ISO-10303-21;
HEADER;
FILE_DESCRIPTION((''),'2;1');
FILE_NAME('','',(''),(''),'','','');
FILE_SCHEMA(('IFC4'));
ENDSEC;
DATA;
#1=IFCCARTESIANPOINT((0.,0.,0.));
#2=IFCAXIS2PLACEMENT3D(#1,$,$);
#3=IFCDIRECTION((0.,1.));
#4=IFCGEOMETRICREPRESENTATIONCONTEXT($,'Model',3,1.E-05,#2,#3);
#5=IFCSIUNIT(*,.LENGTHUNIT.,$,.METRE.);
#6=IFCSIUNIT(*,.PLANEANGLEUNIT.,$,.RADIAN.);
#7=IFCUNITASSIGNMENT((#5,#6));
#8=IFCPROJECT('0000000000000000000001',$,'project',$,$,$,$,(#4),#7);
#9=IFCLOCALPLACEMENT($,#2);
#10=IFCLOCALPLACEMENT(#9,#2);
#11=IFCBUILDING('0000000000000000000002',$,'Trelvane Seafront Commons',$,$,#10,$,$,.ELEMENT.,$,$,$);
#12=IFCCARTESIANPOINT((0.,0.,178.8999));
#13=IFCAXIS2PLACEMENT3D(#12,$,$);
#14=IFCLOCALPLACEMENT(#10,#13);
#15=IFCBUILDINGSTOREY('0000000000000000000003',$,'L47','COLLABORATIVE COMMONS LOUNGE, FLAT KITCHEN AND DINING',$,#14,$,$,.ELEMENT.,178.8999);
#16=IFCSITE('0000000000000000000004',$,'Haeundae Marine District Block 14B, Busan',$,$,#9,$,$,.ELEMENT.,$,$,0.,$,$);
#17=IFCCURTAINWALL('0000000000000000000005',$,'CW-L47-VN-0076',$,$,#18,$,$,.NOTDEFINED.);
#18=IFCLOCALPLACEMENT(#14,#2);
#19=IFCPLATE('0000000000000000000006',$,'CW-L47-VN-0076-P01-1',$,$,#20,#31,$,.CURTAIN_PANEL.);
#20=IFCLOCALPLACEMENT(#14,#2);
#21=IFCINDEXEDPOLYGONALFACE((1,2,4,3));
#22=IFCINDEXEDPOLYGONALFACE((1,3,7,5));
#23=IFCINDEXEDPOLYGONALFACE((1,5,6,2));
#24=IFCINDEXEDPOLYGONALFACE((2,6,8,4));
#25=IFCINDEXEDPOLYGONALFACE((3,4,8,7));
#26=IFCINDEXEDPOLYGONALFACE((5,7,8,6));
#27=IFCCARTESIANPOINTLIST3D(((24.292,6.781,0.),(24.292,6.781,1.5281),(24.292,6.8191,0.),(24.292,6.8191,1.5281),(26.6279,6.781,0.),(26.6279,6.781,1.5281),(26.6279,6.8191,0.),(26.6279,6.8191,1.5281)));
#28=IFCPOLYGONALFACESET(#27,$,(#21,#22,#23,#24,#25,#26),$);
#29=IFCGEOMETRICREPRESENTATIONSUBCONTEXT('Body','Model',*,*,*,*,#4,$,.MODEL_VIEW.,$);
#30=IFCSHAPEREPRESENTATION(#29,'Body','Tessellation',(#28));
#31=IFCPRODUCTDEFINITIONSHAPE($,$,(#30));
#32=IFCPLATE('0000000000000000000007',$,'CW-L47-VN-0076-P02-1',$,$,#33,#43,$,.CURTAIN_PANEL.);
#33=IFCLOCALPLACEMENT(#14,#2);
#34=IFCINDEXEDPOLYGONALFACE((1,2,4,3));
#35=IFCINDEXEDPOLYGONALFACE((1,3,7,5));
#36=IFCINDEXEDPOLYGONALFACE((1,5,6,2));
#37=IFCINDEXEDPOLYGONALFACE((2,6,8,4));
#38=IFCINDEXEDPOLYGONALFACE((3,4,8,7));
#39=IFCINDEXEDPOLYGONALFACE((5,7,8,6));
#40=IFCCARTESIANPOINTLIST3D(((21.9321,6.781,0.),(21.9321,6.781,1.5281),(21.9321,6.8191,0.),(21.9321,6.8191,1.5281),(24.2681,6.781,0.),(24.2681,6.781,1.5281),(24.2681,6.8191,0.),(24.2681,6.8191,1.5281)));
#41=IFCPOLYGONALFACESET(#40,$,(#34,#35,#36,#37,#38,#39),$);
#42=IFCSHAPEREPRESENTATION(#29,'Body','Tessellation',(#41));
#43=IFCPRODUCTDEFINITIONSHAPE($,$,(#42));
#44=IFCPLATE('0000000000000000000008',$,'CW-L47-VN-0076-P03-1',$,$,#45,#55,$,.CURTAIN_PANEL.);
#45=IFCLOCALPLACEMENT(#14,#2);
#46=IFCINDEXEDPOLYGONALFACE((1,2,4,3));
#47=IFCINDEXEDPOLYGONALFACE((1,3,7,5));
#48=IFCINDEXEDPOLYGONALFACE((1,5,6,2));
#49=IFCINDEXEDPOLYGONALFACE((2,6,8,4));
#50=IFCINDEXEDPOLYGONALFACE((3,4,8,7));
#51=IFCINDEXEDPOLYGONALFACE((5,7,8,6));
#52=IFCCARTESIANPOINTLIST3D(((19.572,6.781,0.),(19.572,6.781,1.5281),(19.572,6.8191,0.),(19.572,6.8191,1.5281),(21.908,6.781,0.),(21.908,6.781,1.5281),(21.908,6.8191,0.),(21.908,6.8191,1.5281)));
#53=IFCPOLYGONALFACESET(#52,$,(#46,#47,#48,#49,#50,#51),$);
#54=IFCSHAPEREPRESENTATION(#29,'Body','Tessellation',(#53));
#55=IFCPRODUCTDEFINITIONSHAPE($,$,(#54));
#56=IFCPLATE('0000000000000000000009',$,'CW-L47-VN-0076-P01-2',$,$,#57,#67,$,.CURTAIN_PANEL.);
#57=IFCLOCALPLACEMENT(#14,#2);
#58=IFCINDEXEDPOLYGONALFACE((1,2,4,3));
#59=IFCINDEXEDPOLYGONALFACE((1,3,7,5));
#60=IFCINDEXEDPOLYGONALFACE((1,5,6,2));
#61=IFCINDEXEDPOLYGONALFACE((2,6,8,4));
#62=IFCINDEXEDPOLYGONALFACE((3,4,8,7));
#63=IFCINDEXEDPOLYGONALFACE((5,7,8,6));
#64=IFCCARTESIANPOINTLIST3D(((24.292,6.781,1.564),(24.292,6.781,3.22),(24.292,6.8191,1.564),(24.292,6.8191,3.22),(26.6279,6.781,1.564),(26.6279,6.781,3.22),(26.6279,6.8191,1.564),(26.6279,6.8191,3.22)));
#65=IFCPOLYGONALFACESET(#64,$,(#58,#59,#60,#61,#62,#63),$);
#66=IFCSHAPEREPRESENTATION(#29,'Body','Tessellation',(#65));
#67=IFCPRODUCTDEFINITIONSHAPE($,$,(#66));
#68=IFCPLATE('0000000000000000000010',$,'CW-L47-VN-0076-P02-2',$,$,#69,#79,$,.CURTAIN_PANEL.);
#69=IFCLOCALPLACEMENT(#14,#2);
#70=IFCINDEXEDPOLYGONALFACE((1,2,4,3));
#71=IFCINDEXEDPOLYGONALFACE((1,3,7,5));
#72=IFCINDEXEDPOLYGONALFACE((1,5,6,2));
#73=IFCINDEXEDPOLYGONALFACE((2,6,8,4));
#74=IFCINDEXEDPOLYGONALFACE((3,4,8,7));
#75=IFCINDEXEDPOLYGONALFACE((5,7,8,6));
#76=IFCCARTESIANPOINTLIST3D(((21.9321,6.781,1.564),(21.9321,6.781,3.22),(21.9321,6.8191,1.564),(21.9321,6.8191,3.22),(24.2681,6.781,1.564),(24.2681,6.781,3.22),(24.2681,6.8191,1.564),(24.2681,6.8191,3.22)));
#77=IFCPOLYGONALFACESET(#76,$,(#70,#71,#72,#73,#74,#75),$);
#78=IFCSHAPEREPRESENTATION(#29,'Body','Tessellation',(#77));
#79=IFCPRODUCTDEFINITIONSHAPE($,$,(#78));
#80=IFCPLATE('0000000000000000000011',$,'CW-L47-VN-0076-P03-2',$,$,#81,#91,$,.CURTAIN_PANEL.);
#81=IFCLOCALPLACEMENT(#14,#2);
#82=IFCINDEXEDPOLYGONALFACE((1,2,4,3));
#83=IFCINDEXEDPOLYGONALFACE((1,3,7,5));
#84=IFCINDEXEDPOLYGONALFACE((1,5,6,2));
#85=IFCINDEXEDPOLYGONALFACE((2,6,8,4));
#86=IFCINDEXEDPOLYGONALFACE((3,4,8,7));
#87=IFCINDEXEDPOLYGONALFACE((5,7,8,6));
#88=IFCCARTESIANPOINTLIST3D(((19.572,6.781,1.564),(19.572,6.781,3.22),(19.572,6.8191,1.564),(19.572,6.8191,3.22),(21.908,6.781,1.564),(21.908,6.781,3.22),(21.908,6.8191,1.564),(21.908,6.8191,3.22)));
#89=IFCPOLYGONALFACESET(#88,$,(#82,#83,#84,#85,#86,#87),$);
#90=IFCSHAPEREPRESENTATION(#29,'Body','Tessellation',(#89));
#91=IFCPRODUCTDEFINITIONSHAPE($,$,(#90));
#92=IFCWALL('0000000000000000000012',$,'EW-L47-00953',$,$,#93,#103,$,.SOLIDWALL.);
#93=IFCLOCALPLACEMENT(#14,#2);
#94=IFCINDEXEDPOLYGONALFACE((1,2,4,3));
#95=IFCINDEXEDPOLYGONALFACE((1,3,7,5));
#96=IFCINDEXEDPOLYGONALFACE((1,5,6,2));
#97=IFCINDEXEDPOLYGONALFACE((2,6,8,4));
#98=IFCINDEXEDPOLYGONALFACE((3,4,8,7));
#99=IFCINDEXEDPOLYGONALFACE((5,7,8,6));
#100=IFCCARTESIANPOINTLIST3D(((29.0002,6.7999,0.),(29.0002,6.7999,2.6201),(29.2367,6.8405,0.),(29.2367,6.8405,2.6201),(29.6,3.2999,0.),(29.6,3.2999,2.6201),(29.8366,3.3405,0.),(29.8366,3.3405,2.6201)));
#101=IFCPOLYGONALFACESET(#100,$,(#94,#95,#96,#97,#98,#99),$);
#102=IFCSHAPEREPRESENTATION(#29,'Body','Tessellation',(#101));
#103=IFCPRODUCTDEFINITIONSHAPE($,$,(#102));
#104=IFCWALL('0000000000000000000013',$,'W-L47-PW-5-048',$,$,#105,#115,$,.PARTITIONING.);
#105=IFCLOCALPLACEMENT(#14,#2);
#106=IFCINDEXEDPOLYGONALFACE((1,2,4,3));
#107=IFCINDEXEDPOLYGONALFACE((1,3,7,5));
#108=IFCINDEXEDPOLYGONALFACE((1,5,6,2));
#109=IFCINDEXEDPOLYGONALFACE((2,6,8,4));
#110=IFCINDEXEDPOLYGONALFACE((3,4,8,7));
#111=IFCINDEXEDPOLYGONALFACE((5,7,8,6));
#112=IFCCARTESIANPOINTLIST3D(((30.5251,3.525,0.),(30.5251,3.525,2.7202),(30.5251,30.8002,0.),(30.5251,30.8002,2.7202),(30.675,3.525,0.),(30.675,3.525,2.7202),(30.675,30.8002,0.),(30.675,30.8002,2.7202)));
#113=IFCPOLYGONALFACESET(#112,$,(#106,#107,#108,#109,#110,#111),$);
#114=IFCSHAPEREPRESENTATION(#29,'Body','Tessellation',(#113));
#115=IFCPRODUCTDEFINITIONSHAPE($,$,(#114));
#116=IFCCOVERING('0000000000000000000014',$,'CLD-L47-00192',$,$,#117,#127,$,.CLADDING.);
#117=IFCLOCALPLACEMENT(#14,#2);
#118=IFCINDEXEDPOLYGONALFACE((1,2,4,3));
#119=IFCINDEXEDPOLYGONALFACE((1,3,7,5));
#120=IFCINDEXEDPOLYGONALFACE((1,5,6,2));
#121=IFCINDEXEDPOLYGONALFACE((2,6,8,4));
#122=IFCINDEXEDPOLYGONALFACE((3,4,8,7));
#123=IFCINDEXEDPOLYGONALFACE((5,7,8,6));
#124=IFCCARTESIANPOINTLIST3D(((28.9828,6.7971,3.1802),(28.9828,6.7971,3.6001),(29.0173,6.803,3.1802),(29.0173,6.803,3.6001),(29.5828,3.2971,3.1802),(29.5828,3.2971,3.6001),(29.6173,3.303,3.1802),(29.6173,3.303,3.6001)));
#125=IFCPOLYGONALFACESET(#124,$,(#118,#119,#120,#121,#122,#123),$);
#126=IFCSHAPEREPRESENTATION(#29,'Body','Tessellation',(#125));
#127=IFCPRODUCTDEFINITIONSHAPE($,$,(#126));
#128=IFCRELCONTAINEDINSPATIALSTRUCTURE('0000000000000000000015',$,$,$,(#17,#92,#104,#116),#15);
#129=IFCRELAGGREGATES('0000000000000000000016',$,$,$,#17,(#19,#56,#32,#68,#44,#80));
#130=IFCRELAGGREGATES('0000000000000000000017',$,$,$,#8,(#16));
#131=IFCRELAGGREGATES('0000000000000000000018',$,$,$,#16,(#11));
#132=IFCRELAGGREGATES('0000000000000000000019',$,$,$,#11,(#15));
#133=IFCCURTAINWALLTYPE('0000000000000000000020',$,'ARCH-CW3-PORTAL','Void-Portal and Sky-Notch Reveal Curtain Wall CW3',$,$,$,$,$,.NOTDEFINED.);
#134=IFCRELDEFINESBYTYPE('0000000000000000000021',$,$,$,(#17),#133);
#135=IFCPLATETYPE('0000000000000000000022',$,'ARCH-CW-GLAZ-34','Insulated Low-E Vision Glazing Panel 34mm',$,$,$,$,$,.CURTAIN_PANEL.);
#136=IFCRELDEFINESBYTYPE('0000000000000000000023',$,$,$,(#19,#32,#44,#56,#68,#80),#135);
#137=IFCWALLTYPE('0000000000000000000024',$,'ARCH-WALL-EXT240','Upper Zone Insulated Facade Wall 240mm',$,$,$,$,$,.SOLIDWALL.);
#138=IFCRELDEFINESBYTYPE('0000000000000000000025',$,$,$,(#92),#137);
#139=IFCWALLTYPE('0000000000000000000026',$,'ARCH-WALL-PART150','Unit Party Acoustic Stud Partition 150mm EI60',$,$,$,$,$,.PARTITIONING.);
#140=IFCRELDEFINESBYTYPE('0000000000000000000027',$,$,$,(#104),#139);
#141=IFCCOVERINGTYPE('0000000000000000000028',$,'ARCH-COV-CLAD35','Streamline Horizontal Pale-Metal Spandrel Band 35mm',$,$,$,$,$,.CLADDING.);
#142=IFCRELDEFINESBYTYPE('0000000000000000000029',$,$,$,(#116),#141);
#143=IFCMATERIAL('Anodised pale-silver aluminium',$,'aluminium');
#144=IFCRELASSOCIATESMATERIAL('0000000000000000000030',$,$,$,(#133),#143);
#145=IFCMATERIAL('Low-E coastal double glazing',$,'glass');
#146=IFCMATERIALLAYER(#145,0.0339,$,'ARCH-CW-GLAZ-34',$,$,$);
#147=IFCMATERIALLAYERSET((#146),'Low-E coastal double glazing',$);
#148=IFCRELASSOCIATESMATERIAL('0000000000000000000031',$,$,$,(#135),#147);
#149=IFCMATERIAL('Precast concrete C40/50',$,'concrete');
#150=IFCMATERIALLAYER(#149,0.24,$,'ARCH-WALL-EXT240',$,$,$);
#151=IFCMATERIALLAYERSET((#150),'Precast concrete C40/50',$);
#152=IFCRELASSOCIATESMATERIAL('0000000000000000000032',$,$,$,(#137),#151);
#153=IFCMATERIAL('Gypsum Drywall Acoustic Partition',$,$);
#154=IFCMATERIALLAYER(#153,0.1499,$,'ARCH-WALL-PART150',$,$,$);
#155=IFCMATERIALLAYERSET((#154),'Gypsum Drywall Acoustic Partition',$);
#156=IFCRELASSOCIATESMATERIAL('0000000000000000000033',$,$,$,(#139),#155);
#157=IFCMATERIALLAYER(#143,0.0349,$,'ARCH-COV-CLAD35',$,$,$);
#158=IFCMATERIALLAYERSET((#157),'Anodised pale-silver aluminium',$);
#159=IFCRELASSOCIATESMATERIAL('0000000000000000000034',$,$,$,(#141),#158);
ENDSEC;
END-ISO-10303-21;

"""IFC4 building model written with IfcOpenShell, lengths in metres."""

from ifc_helpers import new_model, si_unit, direction, frame, frame_2d, origin, origin_2d, place, context, subcontext, project, spatial, rectangle, extrude, source, transform, mapped, material, layer, layer_set, type_object, element, aggregate, save


model = new_model("IFC4")

# Units and contexts
model_context = context("Model", 3, precision=1e-05, world=origin(), true_north=direction((0.0, 1.0)))
body_context = subcontext(model_context, "Body", "Model", "MODEL_VIEW")
ifc_project = project(units=[si_unit("LENGTHUNIT", "METRE"), si_unit("PLANEANGLEUNIT", "RADIAN")], contexts=[model_context])

# Site, building, storey
site_placement = place(None, origin())
site = spatial("IfcSite", under=ifc_project, at=site_placement, Name="Haeundae Marine District Block 14B, Busan", CompositionType="ELEMENT", RefElevation=0.0)
building_placement = place(site_placement, origin())
building = spatial("IfcBuilding", under=site, at=building_placement, Name="Trelvane Seafront Commons", CompositionType="ELEMENT")
storey_placement = place(building_placement, frame((0.0, 0.0, 178.8999)))
storey = spatial("IfcBuildingStorey", under=building, at=storey_placement, Name="L47", Description="COLLABORATIVE COMMONS LOUNGE, FLAT KITCHEN AND DINING", CompositionType="ELEMENT", Elevation=178.8999)

# Curtain wall
ifc_material_1 = material(Name="Anodised pale-silver aluminium", Category="aluminium")
curtain_wall_type = type_object("IfcCurtainWallType", Name="ARCH-CW3-PORTAL", Description="Void-Portal and Sky-Notch Reveal Curtain Wall CW3", PredefinedType="NOTDEFINED", material=ifc_material_1)
curtain_wall_placement = place(storey_placement, origin())
curtain_wall = element("IfcCurtainWall", 1, at=curtain_wall_placement, inside=storey, type_object=curtain_wall_type, Name="CW-L47-VN-0076", PredefinedType="NOTDEFINED")

# Plates
ifc_material_2 = material(Name="Low-E coastal double glazing", Category="glass")
ifc_layer_1 = layer(ifc_material_2, 0.0339, Name="ARCH-CW-GLAZ-34")
ifc_layer_set_1 = layer_set([ifc_layer_1], Name="Low-E coastal double glazing")
plate_type_1 = type_object("IfcPlateType", Name="ARCH-CW-GLAZ-34", Description="Insulated Low-E Vision Glazing Panel 34mm", PredefinedType="CURTAIN_PANEL", material=ifc_layer_set_1)
shared_shape_1 = source(origin(), body_context, "Body", "SweptSolid", [
    extrude(rectangle(XDim=2.3359, YDim=0.0381, at=origin_2d()), origin(), (0.0, 0.0, 1.0), 1.5281),
])
plate_1_placement = place(storey_placement, frame((25.46, 6.8, 0.0), z_axis=(0.0, 0.0, 1.0), x_axis=(-1.0, 0.0, 0.0)))
plate_1 = element("IfcPlate", 2, at=plate_1_placement, type_object=plate_type_1, Name="CW-L47-VN-0076-P01-1", PredefinedType="CURTAIN_PANEL", context=body_context, shape_type="MappedRepresentation", body=[
    mapped(shared_shape_1, transform((0.0, 0.0, 0.0), x_axis=(1.0, 0.0, 0.0), y_axis=(0.0, 1.0, 0.0), z_axis=(0.0, 0.0, 1.0), scale=1.0)),
])
plate_2_placement = place(storey_placement, frame((23.1001, 6.8, 0.0), z_axis=(0.0, 0.0, 1.0), x_axis=(-1.0, 0.0, 0.0)))
plate_2 = element("IfcPlate", 3, at=plate_2_placement, type_object=plate_type_1, Name="CW-L47-VN-0076-P02-1", PredefinedType="CURTAIN_PANEL", context=body_context, shape_type="MappedRepresentation", body=[
    mapped(shared_shape_1, transform((0.0, 0.0, 0.0), x_axis=(1.0, 0.0, 0.0), y_axis=(0.0, 1.0, 0.0), z_axis=(0.0, 0.0, 1.0), scale=1.0)),
])
plate_3_placement = place(storey_placement, frame((20.74, 6.8, 0.0), z_axis=(0.0, 0.0, 1.0), x_axis=(-1.0, 0.0, 0.0)))
plate_3 = element("IfcPlate", 4, at=plate_3_placement, type_object=plate_type_1, Name="CW-L47-VN-0076-P03-1", PredefinedType="CURTAIN_PANEL", context=body_context, shape_type="MappedRepresentation", body=[
    mapped(shared_shape_1, transform((0.0, 0.0, 0.0), x_axis=(1.0, 0.0, 0.0), y_axis=(0.0, 1.0, 0.0), z_axis=(0.0, 0.0, 1.0), scale=1.0)),
])
shared_shape_2 = source(origin(), body_context, "Body", "SweptSolid", [
    extrude(rectangle(XDim=2.3359, YDim=0.0381, at=origin_2d()), origin(), (0.0, 0.0, 1.0), 1.656),
])
plate_4_placement = place(storey_placement, frame((25.46, 6.8, 1.564), z_axis=(0.0, 0.0, 1.0), x_axis=(-1.0, 0.0, 0.0)))
plate_4 = element("IfcPlate", 5, at=plate_4_placement, type_object=plate_type_1, Name="CW-L47-VN-0076-P01-2", PredefinedType="CURTAIN_PANEL", context=body_context, shape_type="MappedRepresentation", body=[
    mapped(shared_shape_2, transform((0.0, 0.0, 0.0), x_axis=(1.0, 0.0, 0.0), y_axis=(0.0, 1.0, 0.0), z_axis=(0.0, 0.0, 1.0), scale=1.0)),
])
plate_5_placement = place(storey_placement, frame((23.1001, 6.8, 1.564), z_axis=(0.0, 0.0, 1.0), x_axis=(-1.0, 0.0, 0.0)))
plate_5 = element("IfcPlate", 6, at=plate_5_placement, type_object=plate_type_1, Name="CW-L47-VN-0076-P02-2", PredefinedType="CURTAIN_PANEL", context=body_context, shape_type="MappedRepresentation", body=[
    mapped(shared_shape_2, transform((0.0, 0.0, 0.0), x_axis=(1.0, 0.0, 0.0), y_axis=(0.0, 1.0, 0.0), z_axis=(0.0, 0.0, 1.0), scale=1.0)),
])
plate_6_placement = place(storey_placement, frame((20.74, 6.8, 1.564), z_axis=(0.0, 0.0, 1.0), x_axis=(-1.0, 0.0, 0.0)))
plate_6 = element("IfcPlate", 7, at=plate_6_placement, type_object=plate_type_1, Name="CW-L47-VN-0076-P03-2", PredefinedType="CURTAIN_PANEL", context=body_context, shape_type="MappedRepresentation", body=[
    mapped(shared_shape_2, transform((0.0, 0.0, 0.0), x_axis=(1.0, 0.0, 0.0), y_axis=(0.0, 1.0, 0.0), z_axis=(0.0, 0.0, 1.0), scale=1.0)),
])
aggregate(curtain_wall, [plate_1, plate_4, plate_2, plate_5, plate_3, plate_6])

# Walls
ifc_material_3 = material(Name="Precast concrete C40/50", Category="concrete")
ifc_layer_2 = layer(ifc_material_3, 0.24, Name="ARCH-WALL-EXT240")
ifc_layer_set_2 = layer_set([ifc_layer_2], Name="Precast concrete C40/50")
wall_type_1 = type_object("IfcWallType", Name="ARCH-WALL-EXT240", Description="Upper Zone Insulated Facade Wall 240mm", PredefinedType="SOLIDWALL", material=ifc_layer_set_2)
wall_1_placement = place(storey_placement, frame((29.7183, 3.3203, 0.0), z_axis=(0.0, 0.0, 1.0), x_axis=(-0.168924, 0.985629, 0.0)))
element("IfcWall", 8, at=wall_1_placement, inside=storey, type_object=wall_type_1, Name="EW-L47-00953", PredefinedType="SOLIDWALL", context=body_context, shape_type="SweptSolid", body=[
    extrude(rectangle(XDim=3.551, YDim=0.24, at=frame_2d((1.7754, 0.0))), origin(), (0.0, 0.0, 1.0), 2.6201),
])
ifc_material_4 = material(Name="Gypsum Drywall Acoustic Partition")
ifc_layer_3 = layer(ifc_material_4, 0.1499, Name="ARCH-WALL-PART150")
ifc_layer_set_3 = layer_set([ifc_layer_3], Name="Gypsum Drywall Acoustic Partition")
wall_type_2 = type_object("IfcWallType", Name="ARCH-WALL-PART150", Description="Unit Party Acoustic Stud Partition 150mm EI60", PredefinedType="PARTITIONING", material=ifc_layer_set_3)
wall_2_placement = place(storey_placement, frame((30.6001, 3.5249, 0.0), z_axis=(0.0, 0.0, 1.0), x_axis=(0.0, 1.0, 0.0)))
element("IfcWall", 9, at=wall_2_placement, inside=storey, type_object=wall_type_2, Name="W-L47-PW-5-048", PredefinedType="PARTITIONING", context=body_context, shape_type="SweptSolid", body=[
    extrude(rectangle(XDim=27.2751, YDim=0.1499, at=frame_2d((13.6377, 0.0))), origin(), (0.0, 0.0, 1.0), 2.7202),
])

# Covering
ifc_layer_4 = layer(ifc_material_1, 0.0349, Name="ARCH-COV-CLAD35")
ifc_layer_set_4 = layer_set([ifc_layer_4], Name="Anodised pale-silver aluminium")
covering_type = type_object("IfcCoveringType", Name="ARCH-COV-CLAD35", Description="Streamline Horizontal Pale-Metal Spandrel Band 35mm", PredefinedType="CLADDING", material=ifc_layer_set_4)
shared_shape_3 = source(origin(), body_context, "Body", "SweptSolid", [
    extrude(rectangle(XDim=3.551, YDim=0.0349, at=origin_2d()), origin(), (0.0, 0.0, 1.0), 0.4199),
])
covering_placement = place(storey_placement, frame((29.3, 5.05, 3.1802), z_axis=(0.0, 0.0, 1.0), x_axis=(-0.168964, 0.985622, 0.0)))
element("IfcCovering", 10, at=covering_placement, inside=storey, type_object=covering_type, Name="CLD-L47-00192", PredefinedType="CLADDING", context=body_context, shape_type="MappedRepresentation", body=[
    mapped(shared_shape_3, transform((0.0, 0.0, 0.0), x_axis=(1.0, 0.0, 0.0), y_axis=(0.0, 1.0, 0.0), z_axis=(0.0, 0.0, 1.0), scale=1.0)),
])

save(model, "model.ifc")
